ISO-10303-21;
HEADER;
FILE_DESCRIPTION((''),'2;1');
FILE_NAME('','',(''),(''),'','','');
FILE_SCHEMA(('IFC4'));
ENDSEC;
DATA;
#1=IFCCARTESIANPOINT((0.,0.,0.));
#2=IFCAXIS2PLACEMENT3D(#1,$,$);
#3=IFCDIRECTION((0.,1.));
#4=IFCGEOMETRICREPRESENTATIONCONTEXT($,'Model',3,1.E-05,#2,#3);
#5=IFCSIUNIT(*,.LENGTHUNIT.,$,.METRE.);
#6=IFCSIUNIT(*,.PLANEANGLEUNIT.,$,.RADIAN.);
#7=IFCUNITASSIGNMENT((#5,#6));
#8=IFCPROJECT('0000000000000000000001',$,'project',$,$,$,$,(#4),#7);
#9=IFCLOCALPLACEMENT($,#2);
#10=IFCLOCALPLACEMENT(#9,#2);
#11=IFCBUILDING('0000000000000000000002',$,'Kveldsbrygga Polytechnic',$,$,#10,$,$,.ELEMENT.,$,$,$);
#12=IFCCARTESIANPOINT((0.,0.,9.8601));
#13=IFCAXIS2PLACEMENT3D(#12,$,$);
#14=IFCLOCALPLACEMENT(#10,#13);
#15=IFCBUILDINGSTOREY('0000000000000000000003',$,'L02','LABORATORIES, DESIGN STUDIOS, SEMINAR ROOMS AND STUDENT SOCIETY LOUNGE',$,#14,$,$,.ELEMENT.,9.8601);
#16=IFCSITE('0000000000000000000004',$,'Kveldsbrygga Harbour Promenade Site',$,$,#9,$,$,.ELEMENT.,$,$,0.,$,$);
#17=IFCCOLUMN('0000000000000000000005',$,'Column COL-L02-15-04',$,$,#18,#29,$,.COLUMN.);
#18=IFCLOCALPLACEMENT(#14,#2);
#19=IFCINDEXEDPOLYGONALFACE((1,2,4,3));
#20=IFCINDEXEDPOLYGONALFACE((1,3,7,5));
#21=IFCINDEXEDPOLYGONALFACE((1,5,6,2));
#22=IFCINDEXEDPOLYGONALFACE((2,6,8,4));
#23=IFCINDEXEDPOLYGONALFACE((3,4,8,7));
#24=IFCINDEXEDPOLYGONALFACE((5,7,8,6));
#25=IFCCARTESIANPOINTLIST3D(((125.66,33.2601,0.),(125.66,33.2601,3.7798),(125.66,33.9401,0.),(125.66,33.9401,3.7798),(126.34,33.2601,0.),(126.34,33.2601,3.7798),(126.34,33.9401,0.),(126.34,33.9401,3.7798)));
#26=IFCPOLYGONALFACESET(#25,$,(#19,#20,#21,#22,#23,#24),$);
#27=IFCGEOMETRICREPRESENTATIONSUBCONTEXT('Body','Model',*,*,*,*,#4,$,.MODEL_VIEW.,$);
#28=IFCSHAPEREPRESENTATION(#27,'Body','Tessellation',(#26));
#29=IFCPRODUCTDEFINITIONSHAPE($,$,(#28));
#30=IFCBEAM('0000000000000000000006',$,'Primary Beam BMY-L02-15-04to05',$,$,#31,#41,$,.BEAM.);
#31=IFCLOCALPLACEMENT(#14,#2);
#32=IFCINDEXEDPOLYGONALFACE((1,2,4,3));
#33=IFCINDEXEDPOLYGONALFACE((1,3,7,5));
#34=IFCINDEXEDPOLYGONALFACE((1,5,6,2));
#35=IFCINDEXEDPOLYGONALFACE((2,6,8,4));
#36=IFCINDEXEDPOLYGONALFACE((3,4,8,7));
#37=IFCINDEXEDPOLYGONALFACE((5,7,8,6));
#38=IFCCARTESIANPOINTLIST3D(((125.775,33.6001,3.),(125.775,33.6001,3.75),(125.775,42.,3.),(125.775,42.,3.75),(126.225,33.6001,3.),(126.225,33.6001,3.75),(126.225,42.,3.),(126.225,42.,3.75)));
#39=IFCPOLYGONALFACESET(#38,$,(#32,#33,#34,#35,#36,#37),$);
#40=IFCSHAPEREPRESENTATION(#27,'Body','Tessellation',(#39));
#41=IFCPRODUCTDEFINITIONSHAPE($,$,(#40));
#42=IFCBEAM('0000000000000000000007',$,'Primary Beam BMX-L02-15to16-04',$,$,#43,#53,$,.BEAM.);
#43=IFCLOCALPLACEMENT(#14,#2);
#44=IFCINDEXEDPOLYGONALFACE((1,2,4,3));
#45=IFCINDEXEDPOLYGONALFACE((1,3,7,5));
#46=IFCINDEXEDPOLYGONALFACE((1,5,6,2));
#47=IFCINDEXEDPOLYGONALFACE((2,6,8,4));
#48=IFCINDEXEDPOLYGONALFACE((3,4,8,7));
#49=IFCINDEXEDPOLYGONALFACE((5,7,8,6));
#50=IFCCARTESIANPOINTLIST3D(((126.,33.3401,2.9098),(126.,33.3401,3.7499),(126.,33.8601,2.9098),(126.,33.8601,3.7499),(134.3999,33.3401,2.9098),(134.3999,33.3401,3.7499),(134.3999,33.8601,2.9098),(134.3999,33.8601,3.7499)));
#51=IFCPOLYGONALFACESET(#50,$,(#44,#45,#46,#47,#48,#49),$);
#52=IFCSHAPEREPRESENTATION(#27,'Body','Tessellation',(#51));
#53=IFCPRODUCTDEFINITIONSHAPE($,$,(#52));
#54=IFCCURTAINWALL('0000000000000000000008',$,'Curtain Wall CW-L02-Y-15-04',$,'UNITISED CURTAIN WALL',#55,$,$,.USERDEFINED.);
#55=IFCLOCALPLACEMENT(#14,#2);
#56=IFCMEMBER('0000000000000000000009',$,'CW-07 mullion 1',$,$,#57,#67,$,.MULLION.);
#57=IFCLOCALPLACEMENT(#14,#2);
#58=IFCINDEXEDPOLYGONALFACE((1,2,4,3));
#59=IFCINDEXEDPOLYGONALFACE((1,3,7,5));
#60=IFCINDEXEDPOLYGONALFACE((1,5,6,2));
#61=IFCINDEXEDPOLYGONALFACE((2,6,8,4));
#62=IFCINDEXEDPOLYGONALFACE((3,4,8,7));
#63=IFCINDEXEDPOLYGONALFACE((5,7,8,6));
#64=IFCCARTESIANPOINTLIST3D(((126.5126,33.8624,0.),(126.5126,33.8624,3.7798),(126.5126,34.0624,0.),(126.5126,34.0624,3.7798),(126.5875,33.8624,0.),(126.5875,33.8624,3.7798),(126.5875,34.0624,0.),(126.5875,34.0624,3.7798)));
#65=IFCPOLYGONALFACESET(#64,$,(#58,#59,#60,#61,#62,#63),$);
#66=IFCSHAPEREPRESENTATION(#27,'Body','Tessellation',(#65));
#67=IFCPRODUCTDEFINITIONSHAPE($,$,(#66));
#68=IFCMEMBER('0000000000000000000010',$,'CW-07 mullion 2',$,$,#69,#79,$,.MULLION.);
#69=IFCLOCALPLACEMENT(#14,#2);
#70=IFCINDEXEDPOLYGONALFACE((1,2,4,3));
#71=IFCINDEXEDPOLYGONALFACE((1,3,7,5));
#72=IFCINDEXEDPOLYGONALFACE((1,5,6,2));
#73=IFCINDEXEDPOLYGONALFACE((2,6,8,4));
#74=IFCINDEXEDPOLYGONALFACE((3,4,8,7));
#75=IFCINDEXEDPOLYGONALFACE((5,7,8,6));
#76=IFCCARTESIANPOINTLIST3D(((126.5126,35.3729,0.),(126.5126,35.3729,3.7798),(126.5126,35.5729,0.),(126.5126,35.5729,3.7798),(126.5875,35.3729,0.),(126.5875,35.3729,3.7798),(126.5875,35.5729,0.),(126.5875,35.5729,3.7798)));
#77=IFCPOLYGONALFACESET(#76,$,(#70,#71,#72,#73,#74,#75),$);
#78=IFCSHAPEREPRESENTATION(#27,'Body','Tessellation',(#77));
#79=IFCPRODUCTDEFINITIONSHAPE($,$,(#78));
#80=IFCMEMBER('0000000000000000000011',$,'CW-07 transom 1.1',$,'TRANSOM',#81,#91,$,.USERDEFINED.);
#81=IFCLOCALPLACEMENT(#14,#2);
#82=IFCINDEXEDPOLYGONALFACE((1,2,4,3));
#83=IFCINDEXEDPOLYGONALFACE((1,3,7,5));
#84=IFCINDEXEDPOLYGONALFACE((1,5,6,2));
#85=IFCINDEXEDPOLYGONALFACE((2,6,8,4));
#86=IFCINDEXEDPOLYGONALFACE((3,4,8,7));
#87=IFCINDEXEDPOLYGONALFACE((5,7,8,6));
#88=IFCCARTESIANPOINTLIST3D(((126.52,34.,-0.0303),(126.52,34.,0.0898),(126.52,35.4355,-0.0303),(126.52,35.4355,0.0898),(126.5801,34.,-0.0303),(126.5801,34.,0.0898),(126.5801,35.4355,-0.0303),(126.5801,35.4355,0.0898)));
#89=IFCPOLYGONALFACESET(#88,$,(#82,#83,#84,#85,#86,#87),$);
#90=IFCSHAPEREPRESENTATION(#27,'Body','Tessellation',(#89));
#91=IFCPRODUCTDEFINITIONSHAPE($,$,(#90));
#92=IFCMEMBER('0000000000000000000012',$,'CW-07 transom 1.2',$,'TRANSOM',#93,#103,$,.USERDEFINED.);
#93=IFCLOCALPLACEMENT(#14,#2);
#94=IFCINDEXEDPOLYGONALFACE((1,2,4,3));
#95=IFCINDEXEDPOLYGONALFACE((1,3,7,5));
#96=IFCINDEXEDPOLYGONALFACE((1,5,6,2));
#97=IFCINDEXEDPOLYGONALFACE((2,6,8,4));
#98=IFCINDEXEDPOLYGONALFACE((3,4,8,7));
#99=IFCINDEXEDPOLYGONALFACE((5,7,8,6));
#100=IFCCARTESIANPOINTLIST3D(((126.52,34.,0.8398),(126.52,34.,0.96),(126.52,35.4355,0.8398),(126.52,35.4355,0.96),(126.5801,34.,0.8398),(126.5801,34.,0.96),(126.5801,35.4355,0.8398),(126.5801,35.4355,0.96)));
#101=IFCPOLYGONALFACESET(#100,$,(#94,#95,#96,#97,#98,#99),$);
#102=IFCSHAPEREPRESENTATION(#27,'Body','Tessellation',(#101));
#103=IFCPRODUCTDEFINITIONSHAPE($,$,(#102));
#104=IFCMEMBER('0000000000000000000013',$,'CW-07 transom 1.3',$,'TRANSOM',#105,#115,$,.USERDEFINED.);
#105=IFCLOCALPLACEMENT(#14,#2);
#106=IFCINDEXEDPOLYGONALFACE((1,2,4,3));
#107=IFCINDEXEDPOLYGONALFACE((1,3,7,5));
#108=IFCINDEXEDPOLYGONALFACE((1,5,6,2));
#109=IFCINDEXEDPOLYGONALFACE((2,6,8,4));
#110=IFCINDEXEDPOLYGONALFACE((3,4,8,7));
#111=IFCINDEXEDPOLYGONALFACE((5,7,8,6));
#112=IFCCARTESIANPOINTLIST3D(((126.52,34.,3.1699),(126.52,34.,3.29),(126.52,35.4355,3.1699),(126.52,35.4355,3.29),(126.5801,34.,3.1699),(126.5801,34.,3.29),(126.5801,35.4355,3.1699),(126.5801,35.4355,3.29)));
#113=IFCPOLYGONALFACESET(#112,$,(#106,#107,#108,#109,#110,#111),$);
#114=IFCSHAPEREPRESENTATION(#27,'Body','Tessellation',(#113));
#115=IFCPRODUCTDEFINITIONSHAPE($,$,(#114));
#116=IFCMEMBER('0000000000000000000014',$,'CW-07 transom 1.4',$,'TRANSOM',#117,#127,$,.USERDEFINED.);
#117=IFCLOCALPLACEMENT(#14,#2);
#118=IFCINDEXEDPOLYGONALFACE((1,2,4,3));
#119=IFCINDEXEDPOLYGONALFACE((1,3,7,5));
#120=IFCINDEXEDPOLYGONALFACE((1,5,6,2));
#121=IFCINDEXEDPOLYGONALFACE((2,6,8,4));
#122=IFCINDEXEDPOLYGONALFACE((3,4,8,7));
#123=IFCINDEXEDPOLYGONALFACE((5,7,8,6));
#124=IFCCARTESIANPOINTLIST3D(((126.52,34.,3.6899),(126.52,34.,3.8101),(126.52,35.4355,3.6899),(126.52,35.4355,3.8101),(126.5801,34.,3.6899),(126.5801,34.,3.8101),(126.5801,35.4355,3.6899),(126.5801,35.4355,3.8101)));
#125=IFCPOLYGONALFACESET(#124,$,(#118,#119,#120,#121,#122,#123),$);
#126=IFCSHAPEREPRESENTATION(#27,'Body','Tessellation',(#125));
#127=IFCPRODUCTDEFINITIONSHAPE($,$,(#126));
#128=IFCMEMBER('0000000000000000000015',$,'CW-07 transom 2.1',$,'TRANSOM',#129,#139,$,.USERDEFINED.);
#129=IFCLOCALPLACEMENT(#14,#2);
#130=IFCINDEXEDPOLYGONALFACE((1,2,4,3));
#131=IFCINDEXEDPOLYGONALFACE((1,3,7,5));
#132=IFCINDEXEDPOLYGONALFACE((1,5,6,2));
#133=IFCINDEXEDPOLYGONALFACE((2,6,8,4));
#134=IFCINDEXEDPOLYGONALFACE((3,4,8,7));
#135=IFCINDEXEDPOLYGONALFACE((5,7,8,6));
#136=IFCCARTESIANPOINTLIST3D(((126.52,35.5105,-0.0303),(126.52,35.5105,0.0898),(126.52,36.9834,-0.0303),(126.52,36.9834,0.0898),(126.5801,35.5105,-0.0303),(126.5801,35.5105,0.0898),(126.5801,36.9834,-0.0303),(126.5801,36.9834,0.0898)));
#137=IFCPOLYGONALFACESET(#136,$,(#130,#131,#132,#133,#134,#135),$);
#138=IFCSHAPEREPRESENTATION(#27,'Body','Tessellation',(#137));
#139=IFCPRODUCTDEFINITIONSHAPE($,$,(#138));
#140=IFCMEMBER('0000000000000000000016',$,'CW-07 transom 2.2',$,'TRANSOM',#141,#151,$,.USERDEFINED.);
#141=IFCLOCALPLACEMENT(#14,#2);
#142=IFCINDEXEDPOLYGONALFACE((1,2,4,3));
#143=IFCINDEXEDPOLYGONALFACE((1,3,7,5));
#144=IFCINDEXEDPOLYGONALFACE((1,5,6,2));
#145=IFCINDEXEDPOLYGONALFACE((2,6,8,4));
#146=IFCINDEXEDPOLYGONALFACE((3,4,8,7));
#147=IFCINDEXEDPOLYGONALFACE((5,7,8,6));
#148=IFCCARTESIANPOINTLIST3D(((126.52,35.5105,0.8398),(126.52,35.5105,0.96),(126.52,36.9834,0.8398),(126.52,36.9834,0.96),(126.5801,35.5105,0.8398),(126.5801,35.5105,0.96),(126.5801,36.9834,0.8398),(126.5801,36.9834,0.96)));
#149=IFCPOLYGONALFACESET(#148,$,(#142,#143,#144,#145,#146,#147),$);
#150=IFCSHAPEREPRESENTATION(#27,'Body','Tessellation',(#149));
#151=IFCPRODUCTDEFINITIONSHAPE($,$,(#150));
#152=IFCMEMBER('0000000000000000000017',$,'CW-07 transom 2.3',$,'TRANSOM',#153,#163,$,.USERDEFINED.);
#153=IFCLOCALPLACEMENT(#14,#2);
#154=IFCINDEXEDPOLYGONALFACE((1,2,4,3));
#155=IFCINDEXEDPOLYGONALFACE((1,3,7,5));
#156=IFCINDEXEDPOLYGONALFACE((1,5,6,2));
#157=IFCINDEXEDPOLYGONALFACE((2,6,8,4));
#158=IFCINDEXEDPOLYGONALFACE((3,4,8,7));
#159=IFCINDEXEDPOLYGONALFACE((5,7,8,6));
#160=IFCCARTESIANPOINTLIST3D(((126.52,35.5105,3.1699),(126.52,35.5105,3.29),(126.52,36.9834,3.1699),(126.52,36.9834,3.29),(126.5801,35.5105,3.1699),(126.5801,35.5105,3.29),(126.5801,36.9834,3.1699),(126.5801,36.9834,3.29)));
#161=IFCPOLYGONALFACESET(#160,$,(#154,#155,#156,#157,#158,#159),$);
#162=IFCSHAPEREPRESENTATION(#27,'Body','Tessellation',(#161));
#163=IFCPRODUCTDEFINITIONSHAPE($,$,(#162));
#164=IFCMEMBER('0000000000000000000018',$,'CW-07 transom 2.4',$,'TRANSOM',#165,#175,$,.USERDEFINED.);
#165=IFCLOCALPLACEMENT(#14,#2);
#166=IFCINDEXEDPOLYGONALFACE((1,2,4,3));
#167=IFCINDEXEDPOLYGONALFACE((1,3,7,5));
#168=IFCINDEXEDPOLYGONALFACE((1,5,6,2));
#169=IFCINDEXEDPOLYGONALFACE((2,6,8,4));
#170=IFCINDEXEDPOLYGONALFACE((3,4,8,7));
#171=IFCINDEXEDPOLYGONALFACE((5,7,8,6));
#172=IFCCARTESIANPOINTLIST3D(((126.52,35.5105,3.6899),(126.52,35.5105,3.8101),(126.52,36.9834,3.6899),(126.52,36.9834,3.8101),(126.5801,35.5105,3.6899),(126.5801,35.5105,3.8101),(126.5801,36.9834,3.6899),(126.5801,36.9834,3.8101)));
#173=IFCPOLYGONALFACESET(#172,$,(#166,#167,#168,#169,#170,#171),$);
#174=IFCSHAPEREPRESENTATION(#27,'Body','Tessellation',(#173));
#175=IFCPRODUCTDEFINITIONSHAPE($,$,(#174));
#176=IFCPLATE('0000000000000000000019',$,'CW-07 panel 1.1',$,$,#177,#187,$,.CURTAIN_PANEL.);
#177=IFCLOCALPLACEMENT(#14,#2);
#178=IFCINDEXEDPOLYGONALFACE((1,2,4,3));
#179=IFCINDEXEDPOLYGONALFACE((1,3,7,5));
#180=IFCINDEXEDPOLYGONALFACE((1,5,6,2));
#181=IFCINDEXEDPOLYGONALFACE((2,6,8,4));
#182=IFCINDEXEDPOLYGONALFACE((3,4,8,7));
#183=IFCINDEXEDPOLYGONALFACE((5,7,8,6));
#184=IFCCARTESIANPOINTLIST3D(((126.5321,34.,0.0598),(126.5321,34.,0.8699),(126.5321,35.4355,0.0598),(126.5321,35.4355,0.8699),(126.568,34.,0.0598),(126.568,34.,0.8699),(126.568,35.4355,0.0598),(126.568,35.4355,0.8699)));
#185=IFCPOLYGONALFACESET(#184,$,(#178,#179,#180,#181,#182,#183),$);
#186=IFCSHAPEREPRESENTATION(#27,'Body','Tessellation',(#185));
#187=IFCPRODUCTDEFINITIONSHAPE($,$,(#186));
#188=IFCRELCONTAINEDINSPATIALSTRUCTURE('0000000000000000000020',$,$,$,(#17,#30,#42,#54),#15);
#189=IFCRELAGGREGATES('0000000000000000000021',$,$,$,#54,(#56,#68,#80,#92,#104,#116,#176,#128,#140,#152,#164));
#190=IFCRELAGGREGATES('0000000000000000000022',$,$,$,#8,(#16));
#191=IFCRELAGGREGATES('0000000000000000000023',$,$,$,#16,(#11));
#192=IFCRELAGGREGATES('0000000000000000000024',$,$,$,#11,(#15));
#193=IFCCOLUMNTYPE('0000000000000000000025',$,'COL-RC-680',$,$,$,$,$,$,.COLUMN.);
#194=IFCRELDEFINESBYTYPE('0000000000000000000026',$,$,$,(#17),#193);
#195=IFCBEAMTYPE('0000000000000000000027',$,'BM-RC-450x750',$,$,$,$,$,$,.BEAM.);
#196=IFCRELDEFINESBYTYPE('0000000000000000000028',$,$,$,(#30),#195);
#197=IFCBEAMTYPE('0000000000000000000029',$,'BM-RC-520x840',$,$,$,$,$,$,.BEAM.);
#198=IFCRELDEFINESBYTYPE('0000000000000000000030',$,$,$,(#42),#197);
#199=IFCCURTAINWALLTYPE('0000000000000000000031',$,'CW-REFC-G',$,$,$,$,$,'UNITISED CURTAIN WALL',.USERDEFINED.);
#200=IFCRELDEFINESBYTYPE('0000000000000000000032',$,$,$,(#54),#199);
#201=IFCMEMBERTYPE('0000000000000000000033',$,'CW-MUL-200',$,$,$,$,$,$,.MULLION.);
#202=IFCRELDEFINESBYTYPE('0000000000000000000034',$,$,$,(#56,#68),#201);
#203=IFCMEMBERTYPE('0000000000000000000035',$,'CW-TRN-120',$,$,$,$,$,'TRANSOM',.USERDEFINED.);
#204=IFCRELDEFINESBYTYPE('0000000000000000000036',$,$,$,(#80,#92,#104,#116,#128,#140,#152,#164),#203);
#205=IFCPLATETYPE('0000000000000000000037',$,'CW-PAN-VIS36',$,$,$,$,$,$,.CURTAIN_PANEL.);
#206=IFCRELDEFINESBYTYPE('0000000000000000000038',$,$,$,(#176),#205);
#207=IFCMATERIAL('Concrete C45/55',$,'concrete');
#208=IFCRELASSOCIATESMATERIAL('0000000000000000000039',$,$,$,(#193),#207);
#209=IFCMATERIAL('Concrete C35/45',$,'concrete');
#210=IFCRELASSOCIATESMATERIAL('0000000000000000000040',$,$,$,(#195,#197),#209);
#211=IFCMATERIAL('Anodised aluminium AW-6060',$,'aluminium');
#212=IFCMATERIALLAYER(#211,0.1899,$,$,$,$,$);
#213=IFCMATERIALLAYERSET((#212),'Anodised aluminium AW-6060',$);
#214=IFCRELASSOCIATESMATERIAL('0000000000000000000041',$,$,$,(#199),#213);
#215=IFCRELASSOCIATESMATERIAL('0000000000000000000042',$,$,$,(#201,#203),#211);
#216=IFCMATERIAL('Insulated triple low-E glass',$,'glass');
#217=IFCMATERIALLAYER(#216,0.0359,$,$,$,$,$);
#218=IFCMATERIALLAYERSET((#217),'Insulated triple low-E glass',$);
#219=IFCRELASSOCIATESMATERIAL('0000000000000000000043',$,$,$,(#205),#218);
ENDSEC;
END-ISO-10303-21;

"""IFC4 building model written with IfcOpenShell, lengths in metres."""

from ifc_helpers import new_model, si_unit, direction, frame, origin, origin_2d, place, context, subcontext, project, spatial, rectangle, extrude, material, layer, layer_set, material_profile, profile_set, type_object, element, aggregate, save


model = new_model("IFC4")

# Units and contexts
model_context = context("Model", 3, precision=1e-05, world=origin(), true_north=direction((0.0, 1.0)))
body_context = subcontext(model_context, "Body", "Model", "MODEL_VIEW")
ifc_project = project(units=[si_unit("LENGTHUNIT", "METRE"), si_unit("PLANEANGLEUNIT", "RADIAN")], contexts=[model_context])

# Site, building, storey
site_placement = place(None, origin())
site = spatial("IfcSite", under=ifc_project, at=site_placement, Name="Kveldsbrygga Harbour Promenade Site", CompositionType="ELEMENT", RefElevation=0.0)
building_placement = place(site_placement, origin())
building = spatial("IfcBuilding", under=site, at=building_placement, Name="Kveldsbrygga Polytechnic", CompositionType="ELEMENT")
storey_placement = place(building_placement, frame((0.0, 0.0, 9.8601)))
storey = spatial("IfcBuildingStorey", under=building, at=storey_placement, Name="L02", Description="LABORATORIES, DESIGN STUDIOS, SEMINAR ROOMS AND STUDENT SOCIETY LOUNGE", CompositionType="ELEMENT", Elevation=9.8601)

# Column
ifc_material_1 = material(Name="Concrete C45/55", Category="concrete")
ifc_material_profile_1 = material_profile(ifc_material_1, rectangle(XDim=0.6799, YDim=0.6799, at=origin_2d()), Name="RC 680x680")
ifc_profile_set_1 = profile_set([ifc_material_profile_1], Name="Concrete C45/55")
column_type = type_object("IfcColumnType", Name="COL-RC-680", PredefinedType="COLUMN", material=ifc_profile_set_1)
column_placement = place(storey_placement, frame((126.0, 33.6001, 0.0), z_axis=(0.0, 0.0, 1.0), x_axis=(1.0, 0.0, 0.0)))
element("IfcColumn", 1, at=column_placement, inside=storey, type_object=column_type, Name="Column COL-L02-15-04", PredefinedType="COLUMN", context=body_context, shape_type="SweptSolid", body=[
    extrude(rectangle(XDim=0.6799, YDim=0.6799, at=origin_2d()), origin(), (0.0, 0.0, 1.0), 3.7798),
])

# Beams
ifc_material_2 = material(Name="Concrete C35/45", Category="concrete")
ifc_material_profile_2 = material_profile(ifc_material_2, rectangle(XDim=0.45, YDim=0.75, at=origin_2d()), Name="RC 450x750")
ifc_profile_set_2 = profile_set([ifc_material_profile_2], Name="Concrete C35/45")
beam_type_1 = type_object("IfcBeamType", Name="BM-RC-450x750", PredefinedType="BEAM", material=ifc_profile_set_2)
beam_1_placement = place(storey_placement, frame((126.0, 33.6001, 3.375), z_axis=(0.0, 1.0, 0.0), x_axis=(-1.0, 0.0, 0.0)))
element("IfcBeam", 2, at=beam_1_placement, inside=storey, type_object=beam_type_1, Name="Primary Beam BMY-L02-15-04to05", PredefinedType="BEAM", context=body_context, shape_type="SweptSolid", body=[
    extrude(rectangle(XDim=0.45, YDim=0.75, at=origin_2d()), origin(), (0.0, 0.0, 1.0), 8.3999),
])
ifc_material_profile_3 = material_profile(ifc_material_2, rectangle(XDim=0.52, YDim=0.8401, at=origin_2d()), Name="RC 520x840")
ifc_profile_set_3 = profile_set([ifc_material_profile_3], Name="Concrete C35/45")
beam_type_2 = type_object("IfcBeamType", Name="BM-RC-520x840", PredefinedType="BEAM", material=ifc_profile_set_3)
beam_2_placement = place(storey_placement, frame((126.0, 33.6001, 3.3298), z_axis=(1.0, 0.0, 0.0), x_axis=(0.0, 1.0, 0.0)))
element("IfcBeam", 3, at=beam_2_placement, inside=storey, type_object=beam_type_2, Name="Primary Beam BMX-L02-15to16-04", PredefinedType="BEAM", context=body_context, shape_type="SweptSolid", body=[
    extrude(rectangle(XDim=0.52, YDim=0.8401, at=origin_2d()), origin(), (0.0, 0.0, 1.0), 8.3999),
])

# Curtain wall, members, plate
ifc_material_3 = material(Name="Anodised aluminium AW-6060", Category="aluminium")
ifc_layer_1 = layer(ifc_material_3, 0.1899)
ifc_layer_set_1 = layer_set([ifc_layer_1], Name="Anodised aluminium AW-6060")
curtain_wall_type = type_object("IfcCurtainWallType", Name="CW-REFC-G", ElementType="UNITISED CURTAIN WALL", PredefinedType="USERDEFINED", material=ifc_layer_set_1)
curtain_wall_placement = place(storey_placement, origin())
curtain_wall = element("IfcCurtainWall", 4, at=curtain_wall_placement, inside=storey, type_object=curtain_wall_type, Name="Curtain Wall CW-L02-Y-15-04", ObjectType="UNITISED CURTAIN WALL", PredefinedType="USERDEFINED")
ifc_material_profile_4 = material_profile(ifc_material_3, rectangle(XDim=0.075, YDim=0.2, at=origin_2d()), Name="ALU 75x200")
ifc_profile_set_4 = profile_set([ifc_material_profile_4], Name="Anodised aluminium AW-6060")
member_type_1 = type_object("IfcMemberType", Name="CW-MUL-200", PredefinedType="MULLION", material=ifc_profile_set_4)
member_1_placement = place(storey_placement, frame((126.55, 33.9624, 0.0), z_axis=(0.0, 0.0, 1.0), x_axis=(-1.0, 0.0, 0.0)))
member_1 = element("IfcMember", 5, at=member_1_placement, type_object=member_type_1, Name="CW-07 mullion 1", PredefinedType="MULLION", context=body_context, shape_type="SweptSolid", body=[
    extrude(rectangle(XDim=0.075, YDim=0.2, at=origin_2d()), origin(), (0.0, 0.0, 1.0), 3.7798),
])
member_2_placement = place(storey_placement, frame((126.55, 35.4729, 0.0), z_axis=(0.0, 0.0, 1.0), x_axis=(-1.0, 0.0, 0.0)))
member_2 = element("IfcMember", 6, at=member_2_placement, type_object=member_type_1, Name="CW-07 mullion 2", PredefinedType="MULLION", context=body_context, shape_type="SweptSolid", body=[
    extrude(rectangle(XDim=0.075, YDim=0.2, at=origin_2d()), origin(), (0.0, 0.0, 1.0), 3.7798),
])
ifc_material_profile_5 = material_profile(ifc_material_3, rectangle(XDim=0.0601, YDim=0.1201, at=origin_2d()), Name="ALU 60x120")
ifc_profile_set_5 = profile_set([ifc_material_profile_5], Name="Anodised aluminium AW-6060")
member_type_2 = type_object("IfcMemberType", Name="CW-TRN-120", ElementType="TRANSOM", PredefinedType="USERDEFINED", material=ifc_profile_set_5)
member_3_placement = place(storey_placement, frame((126.55, 34.0, 0.0298), z_axis=(0.0, 1.0, 0.0), x_axis=(-1.0, 0.0, 0.0)))
member_3 = element("IfcMember", 7, at=member_3_placement, type_object=member_type_2, Name="CW-07 transom 1.1", ObjectType="TRANSOM", PredefinedType="USERDEFINED", context=body_context, shape_type="SweptSolid", body=[
    extrude(rectangle(XDim=0.0601, YDim=0.1201, at=origin_2d()), origin(), (0.0, 0.0, 1.0), 1.4355),
])
member_4_placement = place(storey_placement, frame((126.55, 34.0, 0.8999), z_axis=(0.0, 1.0, 0.0), x_axis=(-1.0, 0.0, 0.0)))
member_4 = element("IfcMember", 8, at=member_4_placement, type_object=member_type_2, Name="CW-07 transom 1.2", ObjectType="TRANSOM", PredefinedType="USERDEFINED", context=body_context, shape_type="SweptSolid", body=[
    extrude(rectangle(XDim=0.0601, YDim=0.1201, at=origin_2d()), origin(), (0.0, 0.0, 1.0), 1.4355),
])
member_5_placement = place(storey_placement, frame((126.55, 34.0, 3.23), z_axis=(0.0, 1.0, 0.0), x_axis=(-1.0, 0.0, 0.0)))
member_5 = element("IfcMember", 9, at=member_5_placement, type_object=member_type_2, Name="CW-07 transom 1.3", ObjectType="TRANSOM", PredefinedType="USERDEFINED", context=body_context, shape_type="SweptSolid", body=[
    extrude(rectangle(XDim=0.0601, YDim=0.1201, at=origin_2d()), origin(), (0.0, 0.0, 1.0), 1.4355),
])
member_6_placement = place(storey_placement, frame((126.55, 34.0, 3.75), z_axis=(0.0, 1.0, 0.0), x_axis=(-1.0, 0.0, 0.0)))
member_6 = element("IfcMember", 10, at=member_6_placement, type_object=member_type_2, Name="CW-07 transom 1.4", ObjectType="TRANSOM", PredefinedType="USERDEFINED", context=body_context, shape_type="SweptSolid", body=[
    extrude(rectangle(XDim=0.0601, YDim=0.1201, at=origin_2d()), origin(), (0.0, 0.0, 1.0), 1.4355),
])
member_7_placement = place(storey_placement, frame((126.55, 35.5105, 0.0298), z_axis=(0.0, 1.0, 0.0), x_axis=(-1.0, 0.0, 0.0)))
member_7 = element("IfcMember", 11, at=member_7_placement, type_object=member_type_2, Name="CW-07 transom 2.1", ObjectType="TRANSOM", PredefinedType="USERDEFINED", context=body_context, shape_type="SweptSolid", body=[
    extrude(rectangle(XDim=0.0601, YDim=0.1201, at=origin_2d()), origin(), (0.0, 0.0, 1.0), 1.4729),
])
member_8_placement = place(storey_placement, frame((126.55, 35.5105, 0.8999), z_axis=(0.0, 1.0, 0.0), x_axis=(-1.0, 0.0, 0.0)))
member_8 = element("IfcMember", 12, at=member_8_placement, type_object=member_type_2, Name="CW-07 transom 2.2", ObjectType="TRANSOM", PredefinedType="USERDEFINED", context=body_context, shape_type="SweptSolid", body=[
    extrude(rectangle(XDim=0.0601, YDim=0.1201, at=origin_2d()), origin(), (0.0, 0.0, 1.0), 1.4729),
])
member_9_placement = place(storey_placement, frame((126.55, 35.5105, 3.23), z_axis=(0.0, 1.0, 0.0), x_axis=(-1.0, 0.0, 0.0)))
member_9 = element("IfcMember", 13, at=member_9_placement, type_object=member_type_2, Name="CW-07 transom 2.3", ObjectType="TRANSOM", PredefinedType="USERDEFINED", context=body_context, shape_type="SweptSolid", body=[
    extrude(rectangle(XDim=0.0601, YDim=0.1201, at=origin_2d()), origin(), (0.0, 0.0, 1.0), 1.4729),
])
member_10_placement = place(storey_placement, frame((126.55, 35.5105, 3.75), z_axis=(0.0, 1.0, 0.0), x_axis=(-1.0, 0.0, 0.0)))
member_10 = element("IfcMember", 14, at=member_10_placement, type_object=member_type_2, Name="CW-07 transom 2.4", ObjectType="TRANSOM", PredefinedType="USERDEFINED", context=body_context, shape_type="SweptSolid", body=[
    extrude(rectangle(XDim=0.0601, YDim=0.1201, at=origin_2d()), origin(), (0.0, 0.0, 1.0), 1.4729),
])
ifc_material_4 = material(Name="Insulated triple low-E glass", Category="glass")
ifc_layer_2 = layer(ifc_material_4, 0.0359)
ifc_layer_set_2 = layer_set([ifc_layer_2], Name="Insulated triple low-E glass")
plate_type = type_object("IfcPlateType", Name="CW-PAN-VIS36", PredefinedType="CURTAIN_PANEL", material=ifc_layer_set_2)
plate_1_placement = place(storey_placement, frame((126.55, 34.7178, 0.0598), z_axis=(0.0, 0.0, 1.0), x_axis=(0.0, 1.0, 0.0)))
plate_1 = element("IfcPlate", 15, at=plate_1_placement, type_object=plate_type, Name="CW-07 panel 1.1", PredefinedType="CURTAIN_PANEL", context=body_context, shape_type="SweptSolid", body=[
    extrude(rectangle(XDim=1.4355, YDim=0.0359, at=origin_2d()), origin(), (0.0, 0.0, 1.0), 0.8101),
])
aggregate(curtain_wall, [member_1, member_2, member_3, member_4, member_5, member_6, plate_1, member_7, member_8, member_9, member_10])

save(model, "model.ifc")
